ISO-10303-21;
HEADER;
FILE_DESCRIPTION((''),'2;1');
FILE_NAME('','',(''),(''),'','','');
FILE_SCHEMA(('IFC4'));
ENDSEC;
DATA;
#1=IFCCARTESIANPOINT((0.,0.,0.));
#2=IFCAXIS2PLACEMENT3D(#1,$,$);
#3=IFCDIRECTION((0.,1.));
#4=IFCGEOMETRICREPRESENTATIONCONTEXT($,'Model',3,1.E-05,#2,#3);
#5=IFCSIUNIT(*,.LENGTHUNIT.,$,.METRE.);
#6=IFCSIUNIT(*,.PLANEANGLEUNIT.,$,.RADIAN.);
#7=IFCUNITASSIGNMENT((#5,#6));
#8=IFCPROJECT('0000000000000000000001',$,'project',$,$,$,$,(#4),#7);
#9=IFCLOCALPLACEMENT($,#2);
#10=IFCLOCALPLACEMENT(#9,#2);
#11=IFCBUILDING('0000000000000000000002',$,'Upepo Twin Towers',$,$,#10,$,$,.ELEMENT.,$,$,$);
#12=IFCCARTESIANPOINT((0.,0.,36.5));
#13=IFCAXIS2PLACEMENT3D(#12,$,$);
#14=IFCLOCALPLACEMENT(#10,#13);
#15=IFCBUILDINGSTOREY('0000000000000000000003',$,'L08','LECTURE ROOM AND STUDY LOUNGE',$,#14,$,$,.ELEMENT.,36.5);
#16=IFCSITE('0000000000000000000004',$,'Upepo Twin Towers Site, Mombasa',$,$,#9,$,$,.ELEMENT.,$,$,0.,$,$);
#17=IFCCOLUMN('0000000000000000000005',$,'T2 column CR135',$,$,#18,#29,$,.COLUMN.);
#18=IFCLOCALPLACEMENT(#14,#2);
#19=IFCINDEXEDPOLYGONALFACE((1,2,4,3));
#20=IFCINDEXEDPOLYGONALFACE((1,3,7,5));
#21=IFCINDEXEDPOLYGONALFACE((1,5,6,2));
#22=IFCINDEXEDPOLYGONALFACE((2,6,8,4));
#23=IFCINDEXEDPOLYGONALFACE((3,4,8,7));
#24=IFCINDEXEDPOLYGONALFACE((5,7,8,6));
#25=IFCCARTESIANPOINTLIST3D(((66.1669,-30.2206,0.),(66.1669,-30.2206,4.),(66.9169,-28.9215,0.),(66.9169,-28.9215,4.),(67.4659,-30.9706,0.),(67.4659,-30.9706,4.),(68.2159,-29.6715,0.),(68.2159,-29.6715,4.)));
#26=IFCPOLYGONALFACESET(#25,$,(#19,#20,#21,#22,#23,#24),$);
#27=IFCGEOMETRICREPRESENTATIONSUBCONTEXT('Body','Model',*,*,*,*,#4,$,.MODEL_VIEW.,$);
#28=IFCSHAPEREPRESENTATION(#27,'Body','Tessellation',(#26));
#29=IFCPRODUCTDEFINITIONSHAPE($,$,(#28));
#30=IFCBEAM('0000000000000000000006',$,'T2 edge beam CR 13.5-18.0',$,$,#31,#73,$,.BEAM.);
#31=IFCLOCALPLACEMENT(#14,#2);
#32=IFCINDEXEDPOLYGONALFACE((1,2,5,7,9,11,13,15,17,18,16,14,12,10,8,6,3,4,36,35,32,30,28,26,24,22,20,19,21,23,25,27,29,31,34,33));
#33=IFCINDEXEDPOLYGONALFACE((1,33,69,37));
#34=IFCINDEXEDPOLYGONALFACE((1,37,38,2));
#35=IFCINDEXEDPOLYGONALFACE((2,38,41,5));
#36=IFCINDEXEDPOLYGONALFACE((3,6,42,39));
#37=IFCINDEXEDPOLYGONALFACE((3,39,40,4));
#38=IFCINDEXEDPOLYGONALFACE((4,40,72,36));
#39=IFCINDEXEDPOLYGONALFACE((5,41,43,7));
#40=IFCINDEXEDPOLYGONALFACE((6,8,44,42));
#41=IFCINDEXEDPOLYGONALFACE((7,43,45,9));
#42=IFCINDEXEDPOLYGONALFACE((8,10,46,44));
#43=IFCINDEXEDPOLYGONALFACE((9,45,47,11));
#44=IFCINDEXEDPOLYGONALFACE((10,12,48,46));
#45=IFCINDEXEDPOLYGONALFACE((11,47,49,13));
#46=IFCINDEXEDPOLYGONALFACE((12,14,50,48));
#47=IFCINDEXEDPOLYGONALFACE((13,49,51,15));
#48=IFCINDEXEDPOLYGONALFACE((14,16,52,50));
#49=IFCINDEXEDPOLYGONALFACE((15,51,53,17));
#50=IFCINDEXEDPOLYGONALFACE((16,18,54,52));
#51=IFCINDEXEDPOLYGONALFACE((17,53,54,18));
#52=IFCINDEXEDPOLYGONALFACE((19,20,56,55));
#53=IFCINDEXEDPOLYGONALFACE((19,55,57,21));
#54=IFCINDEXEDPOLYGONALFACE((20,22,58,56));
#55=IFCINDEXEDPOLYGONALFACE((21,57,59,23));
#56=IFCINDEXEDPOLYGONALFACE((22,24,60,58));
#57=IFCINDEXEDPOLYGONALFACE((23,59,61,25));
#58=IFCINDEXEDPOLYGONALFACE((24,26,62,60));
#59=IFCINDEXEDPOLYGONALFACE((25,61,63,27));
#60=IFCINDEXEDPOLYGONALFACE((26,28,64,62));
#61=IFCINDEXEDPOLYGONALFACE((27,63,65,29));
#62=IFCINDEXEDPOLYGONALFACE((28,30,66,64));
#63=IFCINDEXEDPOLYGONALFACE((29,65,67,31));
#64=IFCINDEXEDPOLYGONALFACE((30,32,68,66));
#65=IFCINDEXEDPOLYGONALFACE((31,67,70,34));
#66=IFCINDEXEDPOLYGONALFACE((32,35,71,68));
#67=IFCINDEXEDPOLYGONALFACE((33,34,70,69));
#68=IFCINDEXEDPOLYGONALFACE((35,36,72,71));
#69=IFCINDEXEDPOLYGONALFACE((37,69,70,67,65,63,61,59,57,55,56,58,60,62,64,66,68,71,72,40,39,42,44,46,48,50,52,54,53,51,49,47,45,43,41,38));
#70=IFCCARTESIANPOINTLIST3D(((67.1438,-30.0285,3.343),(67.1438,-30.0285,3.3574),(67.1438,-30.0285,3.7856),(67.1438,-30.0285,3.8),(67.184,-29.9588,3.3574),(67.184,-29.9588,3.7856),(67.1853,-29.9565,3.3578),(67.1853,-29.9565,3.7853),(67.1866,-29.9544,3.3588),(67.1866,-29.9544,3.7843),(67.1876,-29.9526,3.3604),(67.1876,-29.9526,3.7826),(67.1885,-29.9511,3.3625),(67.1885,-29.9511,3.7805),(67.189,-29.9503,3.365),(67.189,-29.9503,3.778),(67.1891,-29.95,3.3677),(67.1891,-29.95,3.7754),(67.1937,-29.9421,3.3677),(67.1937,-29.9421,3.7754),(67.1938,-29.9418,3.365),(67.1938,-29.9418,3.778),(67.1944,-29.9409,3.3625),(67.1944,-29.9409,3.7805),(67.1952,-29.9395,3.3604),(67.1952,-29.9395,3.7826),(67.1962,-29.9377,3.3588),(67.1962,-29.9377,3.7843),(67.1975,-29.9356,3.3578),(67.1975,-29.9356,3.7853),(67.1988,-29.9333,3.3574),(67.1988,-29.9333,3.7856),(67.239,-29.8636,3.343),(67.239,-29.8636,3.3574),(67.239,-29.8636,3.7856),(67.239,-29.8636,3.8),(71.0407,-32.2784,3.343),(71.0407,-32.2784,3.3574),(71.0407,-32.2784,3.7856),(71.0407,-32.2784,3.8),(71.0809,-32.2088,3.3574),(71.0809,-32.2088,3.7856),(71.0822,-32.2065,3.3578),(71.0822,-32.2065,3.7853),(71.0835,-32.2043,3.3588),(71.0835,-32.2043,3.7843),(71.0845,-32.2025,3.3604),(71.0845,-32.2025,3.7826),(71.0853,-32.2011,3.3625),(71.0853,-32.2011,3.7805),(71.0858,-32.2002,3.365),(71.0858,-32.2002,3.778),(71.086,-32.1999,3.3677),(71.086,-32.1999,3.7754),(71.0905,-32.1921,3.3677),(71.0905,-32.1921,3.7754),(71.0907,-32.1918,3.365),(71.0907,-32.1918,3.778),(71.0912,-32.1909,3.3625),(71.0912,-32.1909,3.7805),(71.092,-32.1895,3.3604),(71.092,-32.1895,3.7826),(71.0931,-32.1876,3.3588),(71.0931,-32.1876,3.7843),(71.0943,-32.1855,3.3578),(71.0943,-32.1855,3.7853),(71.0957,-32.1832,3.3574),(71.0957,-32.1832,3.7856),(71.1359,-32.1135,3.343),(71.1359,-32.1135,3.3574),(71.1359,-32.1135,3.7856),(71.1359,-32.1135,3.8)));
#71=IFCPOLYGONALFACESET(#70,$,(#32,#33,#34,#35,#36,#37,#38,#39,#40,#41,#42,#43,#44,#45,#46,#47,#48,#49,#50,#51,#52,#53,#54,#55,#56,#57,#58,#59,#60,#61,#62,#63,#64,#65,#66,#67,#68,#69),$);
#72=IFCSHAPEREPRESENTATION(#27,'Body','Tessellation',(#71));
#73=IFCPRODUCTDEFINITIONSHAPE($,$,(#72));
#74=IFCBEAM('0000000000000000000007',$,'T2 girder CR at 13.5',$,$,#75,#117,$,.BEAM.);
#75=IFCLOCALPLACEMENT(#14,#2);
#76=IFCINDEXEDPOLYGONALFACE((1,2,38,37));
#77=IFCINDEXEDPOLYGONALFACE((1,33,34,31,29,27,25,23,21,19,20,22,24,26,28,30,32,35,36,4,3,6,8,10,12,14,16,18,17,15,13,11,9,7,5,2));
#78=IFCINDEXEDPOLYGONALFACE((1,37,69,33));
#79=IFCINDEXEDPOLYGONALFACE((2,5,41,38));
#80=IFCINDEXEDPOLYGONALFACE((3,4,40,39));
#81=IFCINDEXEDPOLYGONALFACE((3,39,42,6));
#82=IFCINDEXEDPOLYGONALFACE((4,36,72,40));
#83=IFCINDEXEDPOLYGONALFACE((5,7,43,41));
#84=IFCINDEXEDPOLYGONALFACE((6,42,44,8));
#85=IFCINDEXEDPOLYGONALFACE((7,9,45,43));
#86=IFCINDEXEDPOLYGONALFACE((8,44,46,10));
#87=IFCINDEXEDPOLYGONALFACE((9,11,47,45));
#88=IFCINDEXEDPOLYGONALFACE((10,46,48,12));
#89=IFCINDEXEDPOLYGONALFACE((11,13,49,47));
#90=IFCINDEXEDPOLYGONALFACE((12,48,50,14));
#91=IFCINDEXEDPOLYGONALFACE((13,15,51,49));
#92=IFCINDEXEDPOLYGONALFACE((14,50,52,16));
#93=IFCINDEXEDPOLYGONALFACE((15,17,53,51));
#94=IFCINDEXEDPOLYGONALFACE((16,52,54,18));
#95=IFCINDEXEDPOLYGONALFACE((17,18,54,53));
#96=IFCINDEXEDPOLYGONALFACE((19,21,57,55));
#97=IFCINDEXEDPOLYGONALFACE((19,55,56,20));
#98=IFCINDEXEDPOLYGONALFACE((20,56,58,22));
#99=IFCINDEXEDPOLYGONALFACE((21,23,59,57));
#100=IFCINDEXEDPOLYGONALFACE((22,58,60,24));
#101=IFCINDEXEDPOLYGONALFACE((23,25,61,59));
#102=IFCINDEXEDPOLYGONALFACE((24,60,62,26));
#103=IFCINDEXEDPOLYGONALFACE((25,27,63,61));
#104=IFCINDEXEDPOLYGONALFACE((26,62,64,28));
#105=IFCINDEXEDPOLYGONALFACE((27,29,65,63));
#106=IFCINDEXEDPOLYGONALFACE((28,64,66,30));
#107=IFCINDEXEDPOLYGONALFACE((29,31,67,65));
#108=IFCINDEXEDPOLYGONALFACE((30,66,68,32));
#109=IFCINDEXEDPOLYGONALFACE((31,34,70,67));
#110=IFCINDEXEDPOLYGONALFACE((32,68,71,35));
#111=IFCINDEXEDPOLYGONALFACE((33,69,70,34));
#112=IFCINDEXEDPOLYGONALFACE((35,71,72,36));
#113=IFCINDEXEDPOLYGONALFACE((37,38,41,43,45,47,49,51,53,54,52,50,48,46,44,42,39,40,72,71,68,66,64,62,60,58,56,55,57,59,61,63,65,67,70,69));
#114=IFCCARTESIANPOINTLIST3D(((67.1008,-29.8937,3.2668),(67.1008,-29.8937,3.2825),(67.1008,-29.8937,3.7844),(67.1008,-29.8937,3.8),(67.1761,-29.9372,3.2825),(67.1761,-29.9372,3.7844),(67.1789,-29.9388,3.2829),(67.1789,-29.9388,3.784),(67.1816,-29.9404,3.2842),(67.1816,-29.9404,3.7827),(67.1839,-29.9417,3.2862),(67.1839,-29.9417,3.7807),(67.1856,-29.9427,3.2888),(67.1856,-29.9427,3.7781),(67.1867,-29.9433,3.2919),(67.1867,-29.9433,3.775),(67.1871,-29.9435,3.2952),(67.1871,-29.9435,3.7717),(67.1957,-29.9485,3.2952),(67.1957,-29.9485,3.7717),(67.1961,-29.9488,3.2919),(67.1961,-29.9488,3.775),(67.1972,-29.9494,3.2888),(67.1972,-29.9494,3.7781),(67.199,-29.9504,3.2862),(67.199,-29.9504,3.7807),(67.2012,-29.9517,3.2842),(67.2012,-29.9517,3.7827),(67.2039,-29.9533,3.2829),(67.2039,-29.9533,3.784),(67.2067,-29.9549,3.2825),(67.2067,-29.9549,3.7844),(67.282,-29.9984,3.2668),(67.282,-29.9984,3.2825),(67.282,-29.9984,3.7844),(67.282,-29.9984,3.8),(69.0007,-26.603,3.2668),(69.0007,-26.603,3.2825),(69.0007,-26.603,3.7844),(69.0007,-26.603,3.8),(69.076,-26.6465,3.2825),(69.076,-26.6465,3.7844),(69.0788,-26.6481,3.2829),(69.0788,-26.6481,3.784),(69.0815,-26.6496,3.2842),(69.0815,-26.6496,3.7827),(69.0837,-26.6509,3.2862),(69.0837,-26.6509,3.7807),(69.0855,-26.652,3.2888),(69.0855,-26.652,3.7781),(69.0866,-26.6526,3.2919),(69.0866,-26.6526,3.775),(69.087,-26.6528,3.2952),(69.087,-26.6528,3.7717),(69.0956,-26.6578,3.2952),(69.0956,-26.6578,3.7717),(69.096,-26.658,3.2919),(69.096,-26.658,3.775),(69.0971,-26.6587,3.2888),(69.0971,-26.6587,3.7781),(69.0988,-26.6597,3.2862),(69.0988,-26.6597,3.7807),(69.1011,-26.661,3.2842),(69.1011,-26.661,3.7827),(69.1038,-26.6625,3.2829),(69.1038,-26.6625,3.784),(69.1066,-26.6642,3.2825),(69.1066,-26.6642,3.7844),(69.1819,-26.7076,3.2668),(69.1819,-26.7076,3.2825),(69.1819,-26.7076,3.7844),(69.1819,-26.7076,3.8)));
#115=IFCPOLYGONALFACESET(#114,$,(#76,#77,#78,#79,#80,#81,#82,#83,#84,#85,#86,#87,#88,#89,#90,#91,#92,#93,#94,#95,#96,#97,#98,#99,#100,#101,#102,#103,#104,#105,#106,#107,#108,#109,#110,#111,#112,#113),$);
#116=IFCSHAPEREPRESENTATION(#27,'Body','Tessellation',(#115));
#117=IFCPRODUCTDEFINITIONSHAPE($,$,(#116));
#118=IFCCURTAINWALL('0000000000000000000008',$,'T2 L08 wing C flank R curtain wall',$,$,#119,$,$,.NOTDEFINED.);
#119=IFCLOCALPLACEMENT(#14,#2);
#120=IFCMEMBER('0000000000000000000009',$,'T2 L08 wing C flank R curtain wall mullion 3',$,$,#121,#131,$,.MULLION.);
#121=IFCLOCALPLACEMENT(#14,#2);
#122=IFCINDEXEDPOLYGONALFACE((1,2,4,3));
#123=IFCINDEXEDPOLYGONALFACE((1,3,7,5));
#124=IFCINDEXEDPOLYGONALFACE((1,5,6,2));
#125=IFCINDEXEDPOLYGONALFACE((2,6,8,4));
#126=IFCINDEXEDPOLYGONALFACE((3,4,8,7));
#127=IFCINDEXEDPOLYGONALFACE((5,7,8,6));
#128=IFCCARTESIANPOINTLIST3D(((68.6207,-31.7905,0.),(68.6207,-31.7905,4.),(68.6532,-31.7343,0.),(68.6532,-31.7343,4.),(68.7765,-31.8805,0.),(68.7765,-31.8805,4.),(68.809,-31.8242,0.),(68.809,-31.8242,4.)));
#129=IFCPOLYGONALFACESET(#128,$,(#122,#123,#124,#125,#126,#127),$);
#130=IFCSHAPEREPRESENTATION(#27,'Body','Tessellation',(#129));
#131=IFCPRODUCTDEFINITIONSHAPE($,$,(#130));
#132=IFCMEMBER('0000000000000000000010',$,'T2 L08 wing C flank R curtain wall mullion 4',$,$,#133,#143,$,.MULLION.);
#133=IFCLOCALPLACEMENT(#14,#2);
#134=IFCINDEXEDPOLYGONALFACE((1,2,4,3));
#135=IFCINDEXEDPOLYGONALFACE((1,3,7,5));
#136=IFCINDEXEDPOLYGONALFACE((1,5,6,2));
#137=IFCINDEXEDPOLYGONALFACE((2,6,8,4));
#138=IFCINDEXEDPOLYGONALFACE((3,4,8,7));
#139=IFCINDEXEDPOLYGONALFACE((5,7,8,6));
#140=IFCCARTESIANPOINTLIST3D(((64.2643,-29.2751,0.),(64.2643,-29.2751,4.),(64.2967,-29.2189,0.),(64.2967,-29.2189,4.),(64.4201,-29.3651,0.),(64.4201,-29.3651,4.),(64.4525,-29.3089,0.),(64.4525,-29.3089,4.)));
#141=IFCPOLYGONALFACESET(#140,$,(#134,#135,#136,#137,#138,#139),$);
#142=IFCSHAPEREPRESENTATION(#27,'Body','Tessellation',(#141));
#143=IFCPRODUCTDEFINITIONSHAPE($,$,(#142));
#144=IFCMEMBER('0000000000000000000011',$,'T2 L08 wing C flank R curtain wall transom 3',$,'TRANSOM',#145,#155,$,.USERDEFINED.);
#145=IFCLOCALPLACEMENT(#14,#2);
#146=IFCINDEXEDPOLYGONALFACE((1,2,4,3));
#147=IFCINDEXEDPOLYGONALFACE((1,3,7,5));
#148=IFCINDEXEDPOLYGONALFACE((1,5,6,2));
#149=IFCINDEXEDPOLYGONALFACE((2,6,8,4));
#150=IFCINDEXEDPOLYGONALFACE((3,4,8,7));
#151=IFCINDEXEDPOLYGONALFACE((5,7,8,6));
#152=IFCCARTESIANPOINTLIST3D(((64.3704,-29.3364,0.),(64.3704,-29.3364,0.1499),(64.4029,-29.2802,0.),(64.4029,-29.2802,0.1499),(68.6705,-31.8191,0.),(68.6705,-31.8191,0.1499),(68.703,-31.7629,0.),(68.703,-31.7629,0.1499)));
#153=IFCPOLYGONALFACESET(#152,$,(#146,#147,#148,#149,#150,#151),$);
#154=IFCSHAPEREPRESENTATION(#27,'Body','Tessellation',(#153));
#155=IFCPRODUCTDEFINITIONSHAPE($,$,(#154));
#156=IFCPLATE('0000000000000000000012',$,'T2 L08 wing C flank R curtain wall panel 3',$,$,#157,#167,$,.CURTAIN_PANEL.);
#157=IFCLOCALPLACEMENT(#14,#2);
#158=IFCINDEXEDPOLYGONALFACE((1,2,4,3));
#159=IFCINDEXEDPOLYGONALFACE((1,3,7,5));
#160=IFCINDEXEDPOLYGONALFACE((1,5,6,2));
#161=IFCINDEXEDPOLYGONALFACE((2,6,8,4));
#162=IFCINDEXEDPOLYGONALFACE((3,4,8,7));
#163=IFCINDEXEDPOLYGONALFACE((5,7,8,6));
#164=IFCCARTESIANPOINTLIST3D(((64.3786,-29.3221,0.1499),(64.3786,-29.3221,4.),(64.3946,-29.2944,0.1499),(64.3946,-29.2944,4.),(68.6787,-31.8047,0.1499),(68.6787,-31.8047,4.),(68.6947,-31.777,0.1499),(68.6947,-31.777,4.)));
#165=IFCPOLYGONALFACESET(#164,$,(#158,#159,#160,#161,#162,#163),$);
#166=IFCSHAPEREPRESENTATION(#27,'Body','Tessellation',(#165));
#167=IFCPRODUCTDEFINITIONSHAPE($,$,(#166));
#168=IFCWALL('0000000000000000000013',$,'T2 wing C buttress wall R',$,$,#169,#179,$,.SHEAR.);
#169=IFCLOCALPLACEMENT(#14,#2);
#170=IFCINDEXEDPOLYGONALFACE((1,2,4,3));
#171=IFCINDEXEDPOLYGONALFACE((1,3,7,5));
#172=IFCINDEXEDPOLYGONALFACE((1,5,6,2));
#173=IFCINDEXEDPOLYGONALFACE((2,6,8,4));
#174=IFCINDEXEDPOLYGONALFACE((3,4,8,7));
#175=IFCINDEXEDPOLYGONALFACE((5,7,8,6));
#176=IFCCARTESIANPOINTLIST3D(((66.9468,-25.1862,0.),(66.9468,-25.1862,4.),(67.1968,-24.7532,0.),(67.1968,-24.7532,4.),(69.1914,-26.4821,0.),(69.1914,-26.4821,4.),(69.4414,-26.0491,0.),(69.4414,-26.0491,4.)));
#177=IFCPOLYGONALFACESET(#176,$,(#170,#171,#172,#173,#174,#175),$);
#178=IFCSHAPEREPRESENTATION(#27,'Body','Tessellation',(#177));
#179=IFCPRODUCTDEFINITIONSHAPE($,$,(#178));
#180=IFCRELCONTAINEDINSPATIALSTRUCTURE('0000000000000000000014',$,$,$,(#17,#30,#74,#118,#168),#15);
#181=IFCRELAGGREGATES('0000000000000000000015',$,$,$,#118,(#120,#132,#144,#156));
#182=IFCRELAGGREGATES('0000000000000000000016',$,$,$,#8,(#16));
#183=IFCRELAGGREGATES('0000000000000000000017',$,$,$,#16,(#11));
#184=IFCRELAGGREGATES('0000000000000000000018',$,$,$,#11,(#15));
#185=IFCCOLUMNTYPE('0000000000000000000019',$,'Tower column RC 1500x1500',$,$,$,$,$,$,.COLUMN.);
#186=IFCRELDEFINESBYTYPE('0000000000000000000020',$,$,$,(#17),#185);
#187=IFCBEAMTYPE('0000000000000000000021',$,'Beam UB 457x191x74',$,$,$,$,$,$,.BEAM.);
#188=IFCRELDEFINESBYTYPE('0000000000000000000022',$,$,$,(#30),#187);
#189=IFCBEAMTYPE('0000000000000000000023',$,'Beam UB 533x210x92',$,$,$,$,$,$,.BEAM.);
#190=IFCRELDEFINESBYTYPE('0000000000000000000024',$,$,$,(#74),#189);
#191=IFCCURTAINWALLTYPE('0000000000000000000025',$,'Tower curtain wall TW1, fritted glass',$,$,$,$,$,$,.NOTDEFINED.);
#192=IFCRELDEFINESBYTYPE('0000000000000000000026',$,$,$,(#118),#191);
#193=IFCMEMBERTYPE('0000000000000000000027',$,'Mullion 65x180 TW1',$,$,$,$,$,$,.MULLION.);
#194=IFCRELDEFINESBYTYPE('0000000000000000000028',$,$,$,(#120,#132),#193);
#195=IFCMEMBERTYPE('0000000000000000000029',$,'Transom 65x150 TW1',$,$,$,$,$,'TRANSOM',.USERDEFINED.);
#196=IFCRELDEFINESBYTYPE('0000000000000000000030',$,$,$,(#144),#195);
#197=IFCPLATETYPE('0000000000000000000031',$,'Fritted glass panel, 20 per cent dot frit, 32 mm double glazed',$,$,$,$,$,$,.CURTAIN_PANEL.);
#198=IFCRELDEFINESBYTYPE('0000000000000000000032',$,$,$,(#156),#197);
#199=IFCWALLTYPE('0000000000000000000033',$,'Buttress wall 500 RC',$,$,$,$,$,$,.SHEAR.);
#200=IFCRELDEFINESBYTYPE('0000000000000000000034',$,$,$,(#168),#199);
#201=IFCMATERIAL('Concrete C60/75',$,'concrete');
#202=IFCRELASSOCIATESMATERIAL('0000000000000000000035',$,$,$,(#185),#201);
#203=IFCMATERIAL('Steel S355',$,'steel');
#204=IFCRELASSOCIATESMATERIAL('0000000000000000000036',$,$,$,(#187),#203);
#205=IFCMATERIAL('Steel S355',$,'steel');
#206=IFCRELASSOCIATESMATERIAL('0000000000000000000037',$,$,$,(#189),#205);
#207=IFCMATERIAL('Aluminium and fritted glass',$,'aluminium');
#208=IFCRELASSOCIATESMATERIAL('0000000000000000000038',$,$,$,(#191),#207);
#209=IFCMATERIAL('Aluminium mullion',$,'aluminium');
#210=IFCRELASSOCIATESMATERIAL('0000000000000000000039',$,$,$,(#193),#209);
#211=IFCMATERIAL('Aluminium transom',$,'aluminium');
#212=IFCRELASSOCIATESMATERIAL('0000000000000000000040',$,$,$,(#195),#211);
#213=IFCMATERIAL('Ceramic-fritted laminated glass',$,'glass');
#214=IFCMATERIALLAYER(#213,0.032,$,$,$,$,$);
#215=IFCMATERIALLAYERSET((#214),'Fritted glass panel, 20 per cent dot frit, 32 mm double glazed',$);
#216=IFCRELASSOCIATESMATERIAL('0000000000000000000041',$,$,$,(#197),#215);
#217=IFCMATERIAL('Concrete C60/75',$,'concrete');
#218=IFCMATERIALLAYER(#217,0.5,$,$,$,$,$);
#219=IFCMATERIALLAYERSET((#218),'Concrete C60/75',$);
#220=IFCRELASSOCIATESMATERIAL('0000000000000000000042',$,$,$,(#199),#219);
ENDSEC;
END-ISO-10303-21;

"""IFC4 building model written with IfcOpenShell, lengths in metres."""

from ifc_helpers import new_model, si_unit, direction, frame, frame_2d, origin, origin_2d, place, context, subcontext, project, spatial, rectangle, i_section, extrude, material, layer, layer_set, material_profile, profile_set, type_object, element, aggregate, save


model = new_model("IFC4")

# Units and contexts
model_context = context("Model", 3, precision=1e-05, world=origin(), true_north=direction((0.0, 1.0)))
body_context = subcontext(model_context, "Body", "Model", "MODEL_VIEW")
ifc_project = project(units=[si_unit("LENGTHUNIT", "METRE"), si_unit("PLANEANGLEUNIT", "RADIAN")], contexts=[model_context])

# Site, building, storey
site_placement = place(None, origin())
site = spatial("IfcSite", under=ifc_project, at=site_placement, Name="Upepo Twin Towers Site, Mombasa", CompositionType="ELEMENT", RefElevation=0.0)
building_placement = place(site_placement, origin())
building = spatial("IfcBuilding", under=site, at=building_placement, Name="Upepo Twin Towers", CompositionType="ELEMENT")
storey_placement = place(building_placement, frame((0.0, 0.0, 36.5)))
storey = spatial("IfcBuildingStorey", under=building, at=storey_placement, Name="L08", Description="LECTURE ROOM AND STUDY LOUNGE", CompositionType="ELEMENT", Elevation=36.5)

# Column
ifc_material_1 = material(Name="Concrete C60/75", Category="concrete")
ifc_material_profile_1 = material_profile(ifc_material_1, rectangle(XDim=1.5, YDim=1.5, at=origin_2d()), Name="RC 1500x1500")
ifc_profile_set_1 = profile_set([ifc_material_profile_1], Name="Concrete C60/75")
column_type = type_object("IfcColumnType", Name="Tower column RC 1500x1500", PredefinedType="COLUMN", material=ifc_profile_set_1)
column_placement = place(storey_placement, frame((67.1914, -29.946, 0.0), z_axis=(0.0, 0.0, 1.0), x_axis=(0.5, 0.866025, 0.0)))
element("IfcColumn", 1, at=column_placement, inside=storey, type_object=column_type, Name="T2 column CR135", PredefinedType="COLUMN", context=body_context, shape_type="SweptSolid", body=[
    extrude(rectangle(XDim=1.5, YDim=1.5, at=origin_2d()), origin(), (0.0, 0.0, 1.0), 4.0),
])

# Beams
ifc_material_2 = material(Name="Steel S355", Category="steel")
ifc_material_profile_2 = material_profile(ifc_material_2, i_section(OverallWidth=0.1904, OverallDepth=0.457, WebThickness=0.009, FlangeThickness=0.0144, FilletRadius=0.0103, at=origin_2d()), Name="UB 457x191x74")
ifc_profile_set_2 = profile_set([ifc_material_profile_2], Name="Steel S355")
beam_type_1 = type_object("IfcBeamType", Name="Beam UB 457x191x74", PredefinedType="BEAM", material=ifc_profile_set_2)
beam_1_placement = place(storey_placement, frame((67.1914, -29.946, 3.5715), z_axis=(0.866018, -0.500014, 0.0), x_axis=(0.500014, 0.866018, 0.0)))
element("IfcBeam", 2, at=beam_1_placement, inside=storey, type_object=beam_type_1, Name="T2 edge beam CR 13.5-18.0", PredefinedType="BEAM", context=body_context, shape_type="SweptSolid", body=[
    extrude(i_section(OverallWidth=0.1904, OverallDepth=0.457, WebThickness=0.009, FlangeThickness=0.0144, FilletRadius=0.0103, at=origin_2d()), origin(), (0.0, 0.0, 1.0), 4.4998),
])
ifc_material_3 = material(Name="Steel S355", Category="steel")
ifc_material_profile_3 = material_profile(ifc_material_3, i_section(OverallWidth=0.2092, OverallDepth=0.5332, WebThickness=0.01, FlangeThickness=0.0156, FilletRadius=0.0127, at=origin_2d()), Name="UB 533x210x92")
ifc_profile_set_3 = profile_set([ifc_material_profile_3], Name="Steel S355")
beam_type_2 = type_object("IfcBeamType", Name="Beam UB 533x210x92", PredefinedType="BEAM", material=ifc_profile_set_3)
beam_2_placement = place(storey_placement, frame((67.1914, -29.946, 3.5334), z_axis=(0.499995, 0.866028, 0.0), x_axis=(-0.866028, 0.499995, 0.0)))
element("IfcBeam", 3, at=beam_2_placement, inside=storey, type_object=beam_type_2, Name="T2 girder CR at 13.5", PredefinedType="BEAM", context=body_context, shape_type="SweptSolid", body=[
    extrude(i_section(OverallWidth=0.2092, OverallDepth=0.5332, WebThickness=0.01, FlangeThickness=0.0156, FilletRadius=0.0127, at=origin_2d()), origin(), (0.0, 0.0, 1.0), 3.7998),
])

# Curtain wall, members, plate
ifc_material_4 = material(Name="Aluminium and fritted glass", Category="aluminium")
curtain_wall_type = type_object("IfcCurtainWallType", Name="Tower curtain wall TW1, fritted glass", PredefinedType="NOTDEFINED", material=ifc_material_4)
curtain_wall_placement = place(storey_placement, origin())
curtain_wall = element("IfcCurtainWall", 4, at=curtain_wall_placement, inside=storey, type_object=curtain_wall_type, Name="T2 L08 wing C flank R curtain wall", PredefinedType="NOTDEFINED")
ifc_material_5 = material(Name="Aluminium mullion", Category="aluminium")
ifc_material_profile_4 = material_profile(ifc_material_5, rectangle(XDim=0.0649, YDim=0.1799, at=origin_2d()), Name="MULLION 65x180")
ifc_profile_set_4 = profile_set([ifc_material_profile_4], Name="Aluminium mullion")
member_type_1 = type_object("IfcMemberType", Name="Mullion 65x180 TW1", PredefinedType="MULLION", material=ifc_profile_set_4)
member_1_placement = place(storey_placement, frame((68.7148, -31.8074, 0.0), z_axis=(0.0, 0.0, 1.0), x_axis=(-0.5, -0.866025, 0.0)))
member_1 = element("IfcMember", 5, at=member_1_placement, type_object=member_type_1, Name="T2 L08 wing C flank R curtain wall mullion 3", PredefinedType="MULLION", context=body_context, shape_type="SweptSolid", body=[
    extrude(rectangle(XDim=0.0649, YDim=0.1799, at=origin_2d()), origin(), (0.0, 0.0, 1.0), 4.0),
])
member_2_placement = place(storey_placement, frame((64.3584, -29.292, 0.0), z_axis=(0.0, 0.0, 1.0), x_axis=(-0.5, -0.866025, 0.0)))
member_2 = element("IfcMember", 6, at=member_2_placement, type_object=member_type_1, Name="T2 L08 wing C flank R curtain wall mullion 4", PredefinedType="MULLION", context=body_context, shape_type="SweptSolid", body=[
    extrude(rectangle(XDim=0.0649, YDim=0.1799, at=origin_2d()), origin(), (0.0, 0.0, 1.0), 4.0),
])
ifc_material_6 = material(Name="Aluminium transom", Category="aluminium")
ifc_material_profile_5 = material_profile(ifc_material_6, rectangle(XDim=0.0649, YDim=0.1499, at=origin_2d()), Name="TRANSOM 65x150")
ifc_profile_set_5 = profile_set([ifc_material_profile_5], Name="Aluminium transom")
member_type_2 = type_object("IfcMemberType", Name="Transom 65x150 TW1", ElementType="TRANSOM", PredefinedType="USERDEFINED", material=ifc_profile_set_5)
member_3_placement = place(storey_placement, frame((68.6868, -31.791, 0.075), z_axis=(-0.866023, 0.500005, 0.0), x_axis=(-0.500005, -0.866023, 0.0)))
member_3 = element("IfcMember", 7, at=member_3_placement, type_object=member_type_2, Name="T2 L08 wing C flank R curtain wall transom 3", ObjectType="TRANSOM", PredefinedType="USERDEFINED", context=body_context, shape_type="SweptSolid", body=[
    extrude(rectangle(XDim=0.0649, YDim=0.1499, at=origin_2d()), origin(), (0.0, 0.0, 1.0), 4.9653),
])
ifc_material_7 = material(Name="Ceramic-fritted laminated glass", Category="glass")
ifc_layer_1 = layer(ifc_material_7, 0.032)
ifc_layer_set_1 = layer_set([ifc_layer_1], Name="Fritted glass panel, 20 per cent dot frit, 32 mm double glazed")
plate_type = type_object("IfcPlateType", Name="Fritted glass panel, 20 per cent dot frit, 32 mm double glazed", PredefinedType="CURTAIN_PANEL", material=ifc_layer_set_1)
plate_placement = place(storey_placement, frame((66.5366, -30.5496, 0.1499), z_axis=(0.0, 0.0, 1.0), x_axis=(-0.866025, 0.5, 0.0)))
plate = element("IfcPlate", 8, at=plate_placement, type_object=plate_type, Name="T2 L08 wing C flank R curtain wall panel 3", PredefinedType="CURTAIN_PANEL", context=body_context, shape_type="SweptSolid", body=[
    extrude(rectangle(XDim=4.9653, YDim=0.032, at=origin_2d()), origin(), (0.0, 0.0, 1.0), 3.8501),
])
aggregate(curtain_wall, [member_1, member_2, member_3, plate])

# Wall
ifc_material_8 = material(Name="Concrete C60/75", Category="concrete")
ifc_layer_2 = layer(ifc_material_8, 0.5)
ifc_layer_set_2 = layer_set([ifc_layer_2], Name="Concrete C60/75")
wall_type_1 = type_object("IfcWallType", Name="Buttress wall 500 RC", PredefinedType="SHEAR", material=ifc_layer_set_2)
wall_1_placement = place(storey_placement, frame((67.0718, -24.9697, 0.0), z_axis=(0.0, 0.0, 1.0), x_axis=(0.866032, -0.499989, 0.0)))
element("IfcWall", 9, at=wall_1_placement, inside=storey, type_object=wall_type_1, Name="T2 wing C buttress wall R", PredefinedType="SHEAR", context=body_context, shape_type="SweptSolid", body=[
    extrude(rectangle(XDim=2.5918, YDim=0.5, at=frame_2d((1.2959, 0.0))), origin(), (0.0, 0.0, 1.0), 4.0),
])

save(model, "model.ifc")
